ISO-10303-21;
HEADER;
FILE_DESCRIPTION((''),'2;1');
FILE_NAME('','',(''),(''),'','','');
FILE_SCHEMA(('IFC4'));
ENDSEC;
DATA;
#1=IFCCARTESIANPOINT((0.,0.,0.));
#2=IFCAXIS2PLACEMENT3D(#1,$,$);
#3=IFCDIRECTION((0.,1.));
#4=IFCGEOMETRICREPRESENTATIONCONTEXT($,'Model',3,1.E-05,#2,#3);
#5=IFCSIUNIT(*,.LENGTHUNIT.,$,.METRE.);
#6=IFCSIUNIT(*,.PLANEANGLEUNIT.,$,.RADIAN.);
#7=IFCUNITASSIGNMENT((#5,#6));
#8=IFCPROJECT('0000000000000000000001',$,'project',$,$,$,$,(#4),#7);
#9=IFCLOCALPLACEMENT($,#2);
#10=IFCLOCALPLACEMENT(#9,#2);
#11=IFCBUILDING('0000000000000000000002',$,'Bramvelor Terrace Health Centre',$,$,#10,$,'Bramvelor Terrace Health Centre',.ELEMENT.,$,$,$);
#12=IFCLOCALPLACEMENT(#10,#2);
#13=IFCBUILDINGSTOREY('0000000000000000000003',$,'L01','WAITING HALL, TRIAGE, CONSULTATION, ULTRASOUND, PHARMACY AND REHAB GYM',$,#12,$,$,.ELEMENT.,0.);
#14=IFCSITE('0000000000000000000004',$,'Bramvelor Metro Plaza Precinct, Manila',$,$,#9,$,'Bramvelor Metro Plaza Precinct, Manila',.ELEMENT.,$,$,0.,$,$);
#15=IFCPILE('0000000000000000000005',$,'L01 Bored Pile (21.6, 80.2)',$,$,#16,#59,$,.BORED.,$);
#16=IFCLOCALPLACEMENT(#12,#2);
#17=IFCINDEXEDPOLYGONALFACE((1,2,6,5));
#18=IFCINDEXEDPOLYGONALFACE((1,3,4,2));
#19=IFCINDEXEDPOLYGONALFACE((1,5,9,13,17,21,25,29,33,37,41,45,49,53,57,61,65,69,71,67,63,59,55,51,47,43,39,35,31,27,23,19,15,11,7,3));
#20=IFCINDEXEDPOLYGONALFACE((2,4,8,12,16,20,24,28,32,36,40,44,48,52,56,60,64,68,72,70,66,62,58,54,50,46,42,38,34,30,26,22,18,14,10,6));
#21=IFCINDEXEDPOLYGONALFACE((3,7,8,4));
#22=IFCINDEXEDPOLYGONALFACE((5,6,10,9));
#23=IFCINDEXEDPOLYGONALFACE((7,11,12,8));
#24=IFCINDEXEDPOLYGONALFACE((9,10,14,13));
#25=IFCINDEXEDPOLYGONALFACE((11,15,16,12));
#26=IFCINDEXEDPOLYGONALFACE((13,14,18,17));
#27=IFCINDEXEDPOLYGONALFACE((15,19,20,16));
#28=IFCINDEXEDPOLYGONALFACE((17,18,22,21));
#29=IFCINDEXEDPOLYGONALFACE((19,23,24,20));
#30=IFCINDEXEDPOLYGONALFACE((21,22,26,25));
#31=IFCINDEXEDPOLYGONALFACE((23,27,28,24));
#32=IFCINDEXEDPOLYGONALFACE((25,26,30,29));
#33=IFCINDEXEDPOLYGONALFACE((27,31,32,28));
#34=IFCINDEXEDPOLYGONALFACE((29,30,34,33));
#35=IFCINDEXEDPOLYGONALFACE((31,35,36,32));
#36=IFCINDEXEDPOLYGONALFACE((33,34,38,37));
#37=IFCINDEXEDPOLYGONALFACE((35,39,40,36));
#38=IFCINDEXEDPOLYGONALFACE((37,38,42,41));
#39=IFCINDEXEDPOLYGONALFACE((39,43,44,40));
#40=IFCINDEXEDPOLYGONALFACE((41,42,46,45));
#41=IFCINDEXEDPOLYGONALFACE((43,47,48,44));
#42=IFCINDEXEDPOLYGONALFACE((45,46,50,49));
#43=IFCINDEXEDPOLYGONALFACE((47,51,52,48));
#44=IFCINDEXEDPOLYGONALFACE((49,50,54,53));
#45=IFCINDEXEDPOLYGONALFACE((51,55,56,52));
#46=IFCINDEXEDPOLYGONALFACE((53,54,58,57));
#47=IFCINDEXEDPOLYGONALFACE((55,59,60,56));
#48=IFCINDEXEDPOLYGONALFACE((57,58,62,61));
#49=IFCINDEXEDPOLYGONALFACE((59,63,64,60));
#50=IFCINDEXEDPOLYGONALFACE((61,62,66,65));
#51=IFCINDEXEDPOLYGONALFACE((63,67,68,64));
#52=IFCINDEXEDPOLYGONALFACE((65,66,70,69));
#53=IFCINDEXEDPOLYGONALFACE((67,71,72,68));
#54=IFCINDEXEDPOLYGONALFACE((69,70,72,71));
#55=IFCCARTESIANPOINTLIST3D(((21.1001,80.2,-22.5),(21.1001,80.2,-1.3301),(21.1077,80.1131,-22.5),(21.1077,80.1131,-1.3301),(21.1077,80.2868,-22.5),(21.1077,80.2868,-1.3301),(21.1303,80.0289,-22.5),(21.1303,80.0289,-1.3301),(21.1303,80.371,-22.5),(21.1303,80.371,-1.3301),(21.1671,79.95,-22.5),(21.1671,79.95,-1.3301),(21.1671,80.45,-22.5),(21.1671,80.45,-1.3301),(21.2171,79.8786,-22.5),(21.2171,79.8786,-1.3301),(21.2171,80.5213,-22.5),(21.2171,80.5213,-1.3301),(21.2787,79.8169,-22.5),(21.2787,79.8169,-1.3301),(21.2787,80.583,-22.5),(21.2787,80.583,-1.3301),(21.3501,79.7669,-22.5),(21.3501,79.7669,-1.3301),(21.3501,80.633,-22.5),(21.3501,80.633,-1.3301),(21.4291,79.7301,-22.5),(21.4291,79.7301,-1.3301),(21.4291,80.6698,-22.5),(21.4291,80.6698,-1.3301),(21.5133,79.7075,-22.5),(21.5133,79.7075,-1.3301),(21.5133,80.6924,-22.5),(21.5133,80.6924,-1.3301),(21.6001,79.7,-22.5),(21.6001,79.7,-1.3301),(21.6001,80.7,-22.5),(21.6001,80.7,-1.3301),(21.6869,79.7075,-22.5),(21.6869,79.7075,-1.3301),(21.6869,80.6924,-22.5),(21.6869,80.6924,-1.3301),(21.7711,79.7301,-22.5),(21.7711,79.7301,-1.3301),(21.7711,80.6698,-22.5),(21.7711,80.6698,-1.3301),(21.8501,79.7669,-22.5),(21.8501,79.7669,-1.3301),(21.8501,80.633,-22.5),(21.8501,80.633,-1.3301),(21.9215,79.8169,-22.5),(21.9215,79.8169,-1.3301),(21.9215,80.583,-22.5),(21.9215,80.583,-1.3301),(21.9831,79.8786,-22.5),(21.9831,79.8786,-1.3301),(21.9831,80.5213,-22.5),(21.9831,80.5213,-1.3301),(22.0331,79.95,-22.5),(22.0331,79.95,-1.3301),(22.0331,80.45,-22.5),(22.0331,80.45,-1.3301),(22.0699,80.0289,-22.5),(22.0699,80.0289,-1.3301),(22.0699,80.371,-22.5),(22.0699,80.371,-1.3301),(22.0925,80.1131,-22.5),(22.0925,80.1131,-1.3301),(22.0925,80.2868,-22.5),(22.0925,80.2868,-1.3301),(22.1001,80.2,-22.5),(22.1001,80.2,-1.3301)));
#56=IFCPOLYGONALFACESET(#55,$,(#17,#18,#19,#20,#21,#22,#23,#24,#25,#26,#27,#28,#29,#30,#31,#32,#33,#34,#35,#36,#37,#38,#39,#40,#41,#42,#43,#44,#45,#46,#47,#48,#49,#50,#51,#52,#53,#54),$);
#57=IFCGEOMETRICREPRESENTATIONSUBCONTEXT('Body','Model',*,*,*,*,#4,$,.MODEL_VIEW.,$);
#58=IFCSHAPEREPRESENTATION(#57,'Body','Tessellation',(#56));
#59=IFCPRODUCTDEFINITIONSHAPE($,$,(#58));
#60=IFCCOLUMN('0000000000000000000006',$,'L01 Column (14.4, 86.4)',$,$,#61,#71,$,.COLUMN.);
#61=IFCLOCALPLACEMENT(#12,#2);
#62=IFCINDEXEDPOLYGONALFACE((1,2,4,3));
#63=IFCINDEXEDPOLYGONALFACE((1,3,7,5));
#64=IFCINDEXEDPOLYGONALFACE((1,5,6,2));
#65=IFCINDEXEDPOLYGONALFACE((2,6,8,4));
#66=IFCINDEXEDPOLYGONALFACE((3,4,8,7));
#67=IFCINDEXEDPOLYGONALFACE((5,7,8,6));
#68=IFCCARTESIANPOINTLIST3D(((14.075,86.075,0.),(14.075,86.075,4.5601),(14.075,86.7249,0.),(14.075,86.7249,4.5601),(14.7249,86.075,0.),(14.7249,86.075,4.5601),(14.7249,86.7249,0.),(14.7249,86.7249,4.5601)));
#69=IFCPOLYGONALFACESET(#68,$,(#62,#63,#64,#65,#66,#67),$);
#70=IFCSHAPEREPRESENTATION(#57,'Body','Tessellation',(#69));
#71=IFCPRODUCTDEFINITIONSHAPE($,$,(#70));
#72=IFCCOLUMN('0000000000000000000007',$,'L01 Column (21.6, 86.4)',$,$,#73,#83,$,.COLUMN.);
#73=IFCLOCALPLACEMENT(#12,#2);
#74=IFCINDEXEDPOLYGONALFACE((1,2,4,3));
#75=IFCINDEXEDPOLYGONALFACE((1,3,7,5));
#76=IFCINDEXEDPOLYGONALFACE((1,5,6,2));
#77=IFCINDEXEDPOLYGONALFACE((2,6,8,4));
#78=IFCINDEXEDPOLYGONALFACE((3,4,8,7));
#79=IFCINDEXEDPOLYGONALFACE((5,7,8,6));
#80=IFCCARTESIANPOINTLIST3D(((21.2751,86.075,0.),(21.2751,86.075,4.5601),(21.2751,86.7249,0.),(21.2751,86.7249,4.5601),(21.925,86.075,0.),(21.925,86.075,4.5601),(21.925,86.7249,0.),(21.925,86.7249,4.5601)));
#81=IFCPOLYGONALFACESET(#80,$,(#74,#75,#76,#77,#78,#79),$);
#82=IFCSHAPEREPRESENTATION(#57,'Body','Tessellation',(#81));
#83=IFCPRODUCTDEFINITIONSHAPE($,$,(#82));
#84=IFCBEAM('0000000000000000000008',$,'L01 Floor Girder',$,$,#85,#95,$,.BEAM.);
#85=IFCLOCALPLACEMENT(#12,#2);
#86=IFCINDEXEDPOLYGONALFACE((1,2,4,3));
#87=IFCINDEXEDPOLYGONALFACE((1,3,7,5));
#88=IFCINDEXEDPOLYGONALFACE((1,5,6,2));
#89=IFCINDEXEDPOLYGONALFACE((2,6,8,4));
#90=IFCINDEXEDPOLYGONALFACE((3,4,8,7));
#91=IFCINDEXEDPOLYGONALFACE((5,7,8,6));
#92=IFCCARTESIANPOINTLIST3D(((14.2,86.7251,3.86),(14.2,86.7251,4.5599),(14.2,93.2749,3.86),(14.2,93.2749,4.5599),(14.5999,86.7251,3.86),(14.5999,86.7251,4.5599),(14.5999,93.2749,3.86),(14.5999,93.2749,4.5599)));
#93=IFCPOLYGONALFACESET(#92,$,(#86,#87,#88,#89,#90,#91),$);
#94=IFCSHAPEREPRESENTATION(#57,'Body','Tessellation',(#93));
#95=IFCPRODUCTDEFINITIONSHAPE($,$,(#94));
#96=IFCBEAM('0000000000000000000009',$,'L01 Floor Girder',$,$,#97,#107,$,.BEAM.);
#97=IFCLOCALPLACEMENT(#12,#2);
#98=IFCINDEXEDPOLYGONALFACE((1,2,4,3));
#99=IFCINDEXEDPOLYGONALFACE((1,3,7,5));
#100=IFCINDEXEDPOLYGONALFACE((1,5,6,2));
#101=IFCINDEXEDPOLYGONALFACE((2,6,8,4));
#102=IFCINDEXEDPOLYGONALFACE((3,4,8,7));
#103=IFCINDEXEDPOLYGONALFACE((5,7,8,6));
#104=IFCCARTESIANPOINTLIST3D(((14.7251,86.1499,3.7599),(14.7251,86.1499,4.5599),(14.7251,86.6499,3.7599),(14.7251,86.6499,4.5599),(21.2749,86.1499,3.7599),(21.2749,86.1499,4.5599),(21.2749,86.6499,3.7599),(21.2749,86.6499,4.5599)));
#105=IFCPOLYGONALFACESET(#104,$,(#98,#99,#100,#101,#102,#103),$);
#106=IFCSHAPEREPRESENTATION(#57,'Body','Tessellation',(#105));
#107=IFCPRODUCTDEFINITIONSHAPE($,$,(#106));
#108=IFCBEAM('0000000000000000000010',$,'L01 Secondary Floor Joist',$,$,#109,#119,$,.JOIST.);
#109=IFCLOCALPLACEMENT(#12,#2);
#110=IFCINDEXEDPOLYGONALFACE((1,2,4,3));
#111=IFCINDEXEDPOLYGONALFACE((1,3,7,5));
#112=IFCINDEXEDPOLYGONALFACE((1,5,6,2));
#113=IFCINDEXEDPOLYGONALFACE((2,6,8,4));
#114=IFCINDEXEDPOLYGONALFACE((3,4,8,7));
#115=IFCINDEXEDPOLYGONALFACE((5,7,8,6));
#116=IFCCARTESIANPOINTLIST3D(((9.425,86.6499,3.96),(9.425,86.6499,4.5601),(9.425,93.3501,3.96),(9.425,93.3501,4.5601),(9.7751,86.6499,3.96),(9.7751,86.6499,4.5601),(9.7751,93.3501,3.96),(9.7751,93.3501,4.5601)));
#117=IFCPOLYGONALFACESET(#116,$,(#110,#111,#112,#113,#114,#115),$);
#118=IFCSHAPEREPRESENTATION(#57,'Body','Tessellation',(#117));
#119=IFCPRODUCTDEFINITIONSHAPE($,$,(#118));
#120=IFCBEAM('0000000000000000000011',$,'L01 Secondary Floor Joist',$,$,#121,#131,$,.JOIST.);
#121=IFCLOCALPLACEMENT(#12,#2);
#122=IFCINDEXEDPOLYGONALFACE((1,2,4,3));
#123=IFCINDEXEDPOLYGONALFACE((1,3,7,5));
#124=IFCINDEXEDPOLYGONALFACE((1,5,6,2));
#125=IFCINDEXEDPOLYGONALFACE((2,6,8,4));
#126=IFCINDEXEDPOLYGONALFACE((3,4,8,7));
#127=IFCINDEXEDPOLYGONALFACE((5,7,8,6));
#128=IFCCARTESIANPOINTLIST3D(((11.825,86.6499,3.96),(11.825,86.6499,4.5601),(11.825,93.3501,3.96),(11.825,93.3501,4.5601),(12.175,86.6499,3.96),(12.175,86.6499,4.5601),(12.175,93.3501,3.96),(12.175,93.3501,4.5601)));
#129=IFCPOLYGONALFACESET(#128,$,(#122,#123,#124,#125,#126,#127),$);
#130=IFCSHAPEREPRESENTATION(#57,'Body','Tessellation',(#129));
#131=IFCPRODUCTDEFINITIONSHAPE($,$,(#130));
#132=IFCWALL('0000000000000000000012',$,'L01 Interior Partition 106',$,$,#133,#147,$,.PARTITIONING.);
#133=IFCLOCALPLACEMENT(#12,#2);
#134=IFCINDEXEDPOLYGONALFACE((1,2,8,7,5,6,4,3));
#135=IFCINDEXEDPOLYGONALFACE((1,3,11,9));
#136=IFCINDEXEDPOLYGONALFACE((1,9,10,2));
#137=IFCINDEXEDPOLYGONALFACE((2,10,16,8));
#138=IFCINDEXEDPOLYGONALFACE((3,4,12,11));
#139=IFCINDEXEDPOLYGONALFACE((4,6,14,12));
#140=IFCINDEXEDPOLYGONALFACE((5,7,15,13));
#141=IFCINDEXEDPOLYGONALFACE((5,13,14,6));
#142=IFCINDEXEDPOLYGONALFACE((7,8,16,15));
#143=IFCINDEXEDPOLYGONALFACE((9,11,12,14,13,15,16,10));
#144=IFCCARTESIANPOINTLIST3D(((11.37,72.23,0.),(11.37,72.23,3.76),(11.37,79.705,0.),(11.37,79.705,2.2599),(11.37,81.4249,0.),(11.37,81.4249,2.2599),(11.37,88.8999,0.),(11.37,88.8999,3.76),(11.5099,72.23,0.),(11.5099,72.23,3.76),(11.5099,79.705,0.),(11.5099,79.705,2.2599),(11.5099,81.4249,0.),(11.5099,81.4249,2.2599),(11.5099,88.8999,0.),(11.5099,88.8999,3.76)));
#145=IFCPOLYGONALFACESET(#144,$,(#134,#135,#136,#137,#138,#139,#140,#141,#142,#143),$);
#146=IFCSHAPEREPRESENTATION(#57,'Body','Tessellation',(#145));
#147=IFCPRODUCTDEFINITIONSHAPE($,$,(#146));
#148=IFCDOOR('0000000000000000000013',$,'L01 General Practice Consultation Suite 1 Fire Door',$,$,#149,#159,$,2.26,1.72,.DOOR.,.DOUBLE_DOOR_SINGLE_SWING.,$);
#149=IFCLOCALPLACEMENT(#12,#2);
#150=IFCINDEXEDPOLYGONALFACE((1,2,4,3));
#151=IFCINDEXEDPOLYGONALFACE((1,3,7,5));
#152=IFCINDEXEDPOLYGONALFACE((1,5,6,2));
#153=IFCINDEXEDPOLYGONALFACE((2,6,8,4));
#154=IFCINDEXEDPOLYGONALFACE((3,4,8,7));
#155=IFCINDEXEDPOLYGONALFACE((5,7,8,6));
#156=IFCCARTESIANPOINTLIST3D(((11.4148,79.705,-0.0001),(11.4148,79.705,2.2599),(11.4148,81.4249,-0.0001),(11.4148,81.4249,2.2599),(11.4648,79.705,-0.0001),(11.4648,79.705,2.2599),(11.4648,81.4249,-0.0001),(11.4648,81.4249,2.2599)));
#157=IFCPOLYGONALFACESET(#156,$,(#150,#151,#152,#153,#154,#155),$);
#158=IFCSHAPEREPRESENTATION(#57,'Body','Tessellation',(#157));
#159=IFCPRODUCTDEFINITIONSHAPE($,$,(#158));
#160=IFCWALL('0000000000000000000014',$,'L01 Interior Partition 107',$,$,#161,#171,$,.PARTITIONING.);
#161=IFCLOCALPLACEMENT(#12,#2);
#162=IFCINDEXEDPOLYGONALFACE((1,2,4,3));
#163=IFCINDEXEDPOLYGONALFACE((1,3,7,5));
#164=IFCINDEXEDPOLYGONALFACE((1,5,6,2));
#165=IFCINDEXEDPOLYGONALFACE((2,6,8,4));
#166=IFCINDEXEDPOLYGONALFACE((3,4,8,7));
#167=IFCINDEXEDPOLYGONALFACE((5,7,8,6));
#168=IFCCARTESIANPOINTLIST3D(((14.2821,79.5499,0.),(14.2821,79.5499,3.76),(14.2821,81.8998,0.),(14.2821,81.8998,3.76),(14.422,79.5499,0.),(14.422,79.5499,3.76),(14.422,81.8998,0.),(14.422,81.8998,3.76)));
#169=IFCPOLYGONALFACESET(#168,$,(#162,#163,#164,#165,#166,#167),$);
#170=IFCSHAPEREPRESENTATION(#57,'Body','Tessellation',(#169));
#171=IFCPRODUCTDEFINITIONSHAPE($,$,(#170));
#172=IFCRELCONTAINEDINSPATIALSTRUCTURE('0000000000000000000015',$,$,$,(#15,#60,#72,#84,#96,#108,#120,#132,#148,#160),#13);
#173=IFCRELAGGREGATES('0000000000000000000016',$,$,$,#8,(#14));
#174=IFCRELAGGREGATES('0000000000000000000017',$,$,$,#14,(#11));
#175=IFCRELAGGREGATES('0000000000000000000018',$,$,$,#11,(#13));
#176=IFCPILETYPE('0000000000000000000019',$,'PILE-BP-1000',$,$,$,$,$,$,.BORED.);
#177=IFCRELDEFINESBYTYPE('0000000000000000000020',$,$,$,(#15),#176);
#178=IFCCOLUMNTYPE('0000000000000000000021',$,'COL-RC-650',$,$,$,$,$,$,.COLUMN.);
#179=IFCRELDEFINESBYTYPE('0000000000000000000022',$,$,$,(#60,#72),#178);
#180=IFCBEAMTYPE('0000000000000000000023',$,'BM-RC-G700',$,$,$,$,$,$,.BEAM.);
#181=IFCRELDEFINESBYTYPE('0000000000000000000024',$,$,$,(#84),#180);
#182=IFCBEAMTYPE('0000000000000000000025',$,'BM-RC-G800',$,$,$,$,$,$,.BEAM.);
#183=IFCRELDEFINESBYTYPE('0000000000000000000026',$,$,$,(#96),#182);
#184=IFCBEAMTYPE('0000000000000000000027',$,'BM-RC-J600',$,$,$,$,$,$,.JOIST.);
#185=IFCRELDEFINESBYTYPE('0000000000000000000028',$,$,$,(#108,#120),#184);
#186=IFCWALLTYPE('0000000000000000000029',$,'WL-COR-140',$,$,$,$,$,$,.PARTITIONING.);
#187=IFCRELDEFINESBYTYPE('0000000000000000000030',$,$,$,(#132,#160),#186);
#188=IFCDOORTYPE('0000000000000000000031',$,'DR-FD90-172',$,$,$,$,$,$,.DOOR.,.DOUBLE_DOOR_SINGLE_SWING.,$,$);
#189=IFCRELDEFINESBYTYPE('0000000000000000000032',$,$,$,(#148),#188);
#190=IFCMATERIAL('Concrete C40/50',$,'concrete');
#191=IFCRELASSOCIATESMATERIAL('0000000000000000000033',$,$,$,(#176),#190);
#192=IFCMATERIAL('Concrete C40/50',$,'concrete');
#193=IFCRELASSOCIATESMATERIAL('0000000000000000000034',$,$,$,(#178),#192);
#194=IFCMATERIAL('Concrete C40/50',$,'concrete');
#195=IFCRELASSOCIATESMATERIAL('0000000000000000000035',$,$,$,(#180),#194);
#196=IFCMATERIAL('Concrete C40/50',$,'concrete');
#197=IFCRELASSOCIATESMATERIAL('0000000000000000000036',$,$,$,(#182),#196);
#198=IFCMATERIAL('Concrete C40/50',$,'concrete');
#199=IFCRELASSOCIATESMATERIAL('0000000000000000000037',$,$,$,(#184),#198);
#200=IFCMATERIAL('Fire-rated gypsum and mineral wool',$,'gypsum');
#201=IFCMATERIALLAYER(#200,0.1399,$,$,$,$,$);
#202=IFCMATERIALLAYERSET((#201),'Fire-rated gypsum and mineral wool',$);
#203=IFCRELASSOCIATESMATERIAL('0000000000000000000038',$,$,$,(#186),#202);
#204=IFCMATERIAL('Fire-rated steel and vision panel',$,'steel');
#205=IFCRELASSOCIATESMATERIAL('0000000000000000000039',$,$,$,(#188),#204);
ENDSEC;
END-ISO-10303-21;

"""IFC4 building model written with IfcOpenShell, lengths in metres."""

from ifc_helpers import new_model, si_unit, direction, frame, frame_2d, origin, origin_2d, place, context, subcontext, project, spatial, rectangle, circle, extrude, material, layer, layer_set, material_profile, profile_set, type_object, element, fill, save


model = new_model("IFC4")

# Units and contexts
model_context = context("Model", 3, precision=1e-05, world=origin(), true_north=direction((0.0, 1.0)))
body_context = subcontext(model_context, "Body", "Model", "MODEL_VIEW")
ifc_project = project(units=[si_unit("LENGTHUNIT", "METRE"), si_unit("PLANEANGLEUNIT", "RADIAN")], contexts=[model_context])

# Site, building, storey
site_placement = place(None, origin())
site = spatial("IfcSite", under=ifc_project, at=site_placement, Name="Bramvelor Metro Plaza Precinct, Manila", LongName="Bramvelor Metro Plaza Precinct, Manila", CompositionType="ELEMENT", RefElevation=0.0)
building_placement = place(site_placement, origin())
building = spatial("IfcBuilding", under=site, at=building_placement, Name="Bramvelor Terrace Health Centre", LongName="Bramvelor Terrace Health Centre", CompositionType="ELEMENT")
storey_placement = place(building_placement, origin())
storey = spatial("IfcBuildingStorey", under=building, at=storey_placement, Name="L01", Description="WAITING HALL, TRIAGE, CONSULTATION, ULTRASOUND, PHARMACY AND REHAB GYM", CompositionType="ELEMENT", Elevation=0.0)

# Pile
ifc_material_1 = material(Name="Concrete C40/50", Category="concrete")
ifc_material_profile_1 = material_profile(ifc_material_1, circle(Radius=0.5, at=origin_2d()), Name="BP D1000")
ifc_profile_set_1 = profile_set([ifc_material_profile_1], Name="Concrete C40/50")
pile_type = type_object("IfcPileType", Name="PILE-BP-1000", PredefinedType="BORED", material=ifc_profile_set_1)
pile_placement = place(storey_placement, frame((21.6001, 80.2, -1.3301), z_axis=(0.0, 0.0, -1.0), x_axis=(1.0, 0.0, 0.0)))
element("IfcPile", 1, at=pile_placement, inside=storey, type_object=pile_type, Name="L01 Bored Pile (21.6, 80.2)", PredefinedType="BORED", context=body_context, shape_type="SweptSolid", body=[
    extrude(circle(Radius=0.5, at=origin_2d()), origin(), (0.0, 0.0, 1.0), 21.1699),
])

# Columns
ifc_material_2 = material(Name="Concrete C40/50", Category="concrete")
ifc_material_profile_2 = material_profile(ifc_material_2, rectangle(XDim=0.6499, YDim=0.6499, at=origin_2d()), Name="RC 650x650")
ifc_profile_set_2 = profile_set([ifc_material_profile_2], Name="Concrete C40/50")
column_type = type_object("IfcColumnType", Name="COL-RC-650", PredefinedType="COLUMN", material=ifc_profile_set_2)
for number, where, z_axis, x_axis, name in (
    (2, (14.3999, 86.3999, 0.0), (0.0, 0.0, 1.0), (1.0, 0.0, 0.0), "L01 Column (14.4, 86.4)"),
    (3, (21.6001, 86.3999, 0.0), (0.0, 0.0, 1.0), (1.0, 0.0, 0.0), "L01 Column (21.6, 86.4)"),
):
    element("IfcColumn", number, at=place(storey_placement, frame(where, z_axis=z_axis, x_axis=x_axis)), inside=storey, type_object=column_type, Name=name, PredefinedType="COLUMN", context=body_context, shape_type="SweptSolid", body=[
        extrude(rectangle(XDim=0.6499, YDim=0.6499, at=origin_2d()), origin(), (0.0, 0.0, 1.0), 4.5601),
    ])

# Beams
ifc_material_3 = material(Name="Concrete C40/50", Category="concrete")
ifc_material_profile_3 = material_profile(ifc_material_3, rectangle(XDim=0.3999, YDim=0.7, at=origin_2d()), Name="RC 400x700")
ifc_profile_set_3 = profile_set([ifc_material_profile_3], Name="Concrete C40/50")
beam_type_1 = type_object("IfcBeamType", Name="BM-RC-G700", PredefinedType="BEAM", material=ifc_profile_set_3)
beam_1_placement = place(storey_placement, frame((14.3999, 86.7251, 4.21), z_axis=(0.0, 1.0, 0.0), x_axis=(-1.0, 0.0, 0.0)))
element("IfcBeam", 4, at=beam_1_placement, inside=storey, type_object=beam_type_1, Name="L01 Floor Girder", PredefinedType="BEAM", context=body_context, shape_type="SweptSolid", body=[
    extrude(rectangle(XDim=0.3999, YDim=0.7, at=origin_2d()), origin(), (0.0, 0.0, 1.0), 6.5498),
])
ifc_material_4 = material(Name="Concrete C40/50", Category="concrete")
ifc_material_profile_4 = material_profile(ifc_material_4, rectangle(XDim=0.5, YDim=0.8, at=origin_2d()), Name="RC 500x800")
ifc_profile_set_4 = profile_set([ifc_material_profile_4], Name="Concrete C40/50")
beam_type_2 = type_object("IfcBeamType", Name="BM-RC-G800", PredefinedType="BEAM", material=ifc_profile_set_4)
beam_2_placement = place(storey_placement, frame((14.7251, 86.3999, 4.1599), z_axis=(1.0, 0.0, 0.0), x_axis=(0.0, 1.0, 0.0)))
element("IfcBeam", 5, at=beam_2_placement, inside=storey, type_object=beam_type_2, Name="L01 Floor Girder", PredefinedType="BEAM", context=body_context, shape_type="SweptSolid", body=[
    extrude(rectangle(XDim=0.5, YDim=0.8, at=origin_2d()), origin(), (0.0, 0.0, 1.0), 6.5498),
])
ifc_material_5 = material(Name="Concrete C40/50", Category="concrete")
ifc_material_profile_5 = material_profile(ifc_material_5, rectangle(XDim=0.3501, YDim=0.6001, at=origin_2d()), Name="RC 350x600")
ifc_profile_set_5 = profile_set([ifc_material_profile_5], Name="Concrete C40/50")
beam_type_3 = type_object("IfcBeamType", Name="BM-RC-J600", PredefinedType="JOIST", material=ifc_profile_set_5)
for number, where, z_axis, x_axis, name in (
    (6, (9.6001, 86.6499, 4.26), (0.0, 1.0, 0.0), (-1.0, 0.0, 0.0), "L01 Secondary Floor Joist"),
    (7, (12.0, 86.6499, 4.26), (0.0, 1.0, 0.0), (-1.0, 0.0, 0.0), "L01 Secondary Floor Joist"),
):
    element("IfcBeam", number, at=place(storey_placement, frame(where, z_axis=z_axis, x_axis=x_axis)), inside=storey, type_object=beam_type_3, Name=name, PredefinedType="JOIST", context=body_context, shape_type="SweptSolid", body=[
        extrude(rectangle(XDim=0.3501, YDim=0.6001, at=origin_2d()), origin(), (0.0, 0.0, 1.0), 6.7002),
    ])

# Wall, opening, door
ifc_material_6 = material(Name="Fire-rated gypsum and mineral wool", Category="gypsum")
ifc_layer_1 = layer(ifc_material_6, 0.1399)
ifc_layer_set_1 = layer_set([ifc_layer_1], Name="Fire-rated gypsum and mineral wool")
wall_type_1 = type_object("IfcWallType", Name="WL-COR-140", PredefinedType="PARTITIONING", material=ifc_layer_set_1)
wall_1_placement = place(storey_placement, frame((11.4399, 88.8999, 0.0), z_axis=(0.0, 0.0, 1.0), x_axis=(0.0, -1.0, 0.0)))
wall_1 = element("IfcWall", 8, at=wall_1_placement, inside=storey, type_object=wall_type_1, Name="L01 Interior Partition 106", PredefinedType="PARTITIONING", context=body_context, shape_type="SweptSolid", body=[
    extrude(rectangle(XDim=16.6699, YDim=0.1399, at=frame_2d((8.335, 0.0))), origin(), (0.0, 0.0, 1.0), 3.76),
])
opening_1_placement = place(wall_1_placement, frame((7.4751, 0.0, 0.0)))
opening_1 = element("IfcOpeningElement", 9, at=opening_1_placement, cuts=wall_1, PredefinedType="OPENING", context=body_context, shape_type="SweptSolid", body=[
    extrude(rectangle(XDim=1.72, YDim=2.26, at=frame_2d((0.8599, 1.1299))), frame((0.0, 0.0798, 0.0), z_axis=(0.0, -1.0, 0.0), x_axis=(1.0, 0.0, 0.0)), (0.0, 0.0, 1.0), 0.1599),
])
ifc_material_7 = material(Name="Fire-rated steel and vision panel", Category="steel")
door_type_1 = type_object("IfcDoorType", Name="DR-FD90-172", OperationType="DOUBLE_DOOR_SINGLE_SWING", PredefinedType="DOOR", material=ifc_material_7)
door_1_placement = place(opening_1_placement, origin())
door_1 = element("IfcDoor", 10, at=door_1_placement, inside=storey, type_object=door_type_1, Name="L01 General Practice Consultation Suite 1 Fire Door", OperationType="DOUBLE_DOOR_SINGLE_SWING", OverallHeight=2.26, OverallWidth=1.72, PredefinedType="DOOR", context=body_context, shape_type="SweptSolid", body=[
    extrude(rectangle(XDim=1.72, YDim=2.26, at=frame_2d((0.8599, 1.1299))), frame((0.0, 0.0249, 0.0), z_axis=(0.0, -1.0, 0.0), x_axis=(1.0, 0.0, 0.0)), (0.0, 0.0, 1.0), 0.05),
])
fill(opening_1, door_1)

# Wall
wall_2_placement = place(storey_placement, frame((14.3521, 79.55, 0.0), z_axis=(0.0, 0.0, 1.0), x_axis=(0.0, 1.0, 0.0)))
element("IfcWall", 11, at=wall_2_placement, inside=storey, type_object=wall_type_1, Name="L01 Interior Partition 107", PredefinedType="PARTITIONING", context=body_context, shape_type="SweptSolid", body=[
    extrude(rectangle(XDim=2.3499, YDim=0.1399, at=frame_2d((1.1748, 0.0))), origin(), (0.0, 0.0, 1.0), 3.76),
])

save(model, "model.ifc")
